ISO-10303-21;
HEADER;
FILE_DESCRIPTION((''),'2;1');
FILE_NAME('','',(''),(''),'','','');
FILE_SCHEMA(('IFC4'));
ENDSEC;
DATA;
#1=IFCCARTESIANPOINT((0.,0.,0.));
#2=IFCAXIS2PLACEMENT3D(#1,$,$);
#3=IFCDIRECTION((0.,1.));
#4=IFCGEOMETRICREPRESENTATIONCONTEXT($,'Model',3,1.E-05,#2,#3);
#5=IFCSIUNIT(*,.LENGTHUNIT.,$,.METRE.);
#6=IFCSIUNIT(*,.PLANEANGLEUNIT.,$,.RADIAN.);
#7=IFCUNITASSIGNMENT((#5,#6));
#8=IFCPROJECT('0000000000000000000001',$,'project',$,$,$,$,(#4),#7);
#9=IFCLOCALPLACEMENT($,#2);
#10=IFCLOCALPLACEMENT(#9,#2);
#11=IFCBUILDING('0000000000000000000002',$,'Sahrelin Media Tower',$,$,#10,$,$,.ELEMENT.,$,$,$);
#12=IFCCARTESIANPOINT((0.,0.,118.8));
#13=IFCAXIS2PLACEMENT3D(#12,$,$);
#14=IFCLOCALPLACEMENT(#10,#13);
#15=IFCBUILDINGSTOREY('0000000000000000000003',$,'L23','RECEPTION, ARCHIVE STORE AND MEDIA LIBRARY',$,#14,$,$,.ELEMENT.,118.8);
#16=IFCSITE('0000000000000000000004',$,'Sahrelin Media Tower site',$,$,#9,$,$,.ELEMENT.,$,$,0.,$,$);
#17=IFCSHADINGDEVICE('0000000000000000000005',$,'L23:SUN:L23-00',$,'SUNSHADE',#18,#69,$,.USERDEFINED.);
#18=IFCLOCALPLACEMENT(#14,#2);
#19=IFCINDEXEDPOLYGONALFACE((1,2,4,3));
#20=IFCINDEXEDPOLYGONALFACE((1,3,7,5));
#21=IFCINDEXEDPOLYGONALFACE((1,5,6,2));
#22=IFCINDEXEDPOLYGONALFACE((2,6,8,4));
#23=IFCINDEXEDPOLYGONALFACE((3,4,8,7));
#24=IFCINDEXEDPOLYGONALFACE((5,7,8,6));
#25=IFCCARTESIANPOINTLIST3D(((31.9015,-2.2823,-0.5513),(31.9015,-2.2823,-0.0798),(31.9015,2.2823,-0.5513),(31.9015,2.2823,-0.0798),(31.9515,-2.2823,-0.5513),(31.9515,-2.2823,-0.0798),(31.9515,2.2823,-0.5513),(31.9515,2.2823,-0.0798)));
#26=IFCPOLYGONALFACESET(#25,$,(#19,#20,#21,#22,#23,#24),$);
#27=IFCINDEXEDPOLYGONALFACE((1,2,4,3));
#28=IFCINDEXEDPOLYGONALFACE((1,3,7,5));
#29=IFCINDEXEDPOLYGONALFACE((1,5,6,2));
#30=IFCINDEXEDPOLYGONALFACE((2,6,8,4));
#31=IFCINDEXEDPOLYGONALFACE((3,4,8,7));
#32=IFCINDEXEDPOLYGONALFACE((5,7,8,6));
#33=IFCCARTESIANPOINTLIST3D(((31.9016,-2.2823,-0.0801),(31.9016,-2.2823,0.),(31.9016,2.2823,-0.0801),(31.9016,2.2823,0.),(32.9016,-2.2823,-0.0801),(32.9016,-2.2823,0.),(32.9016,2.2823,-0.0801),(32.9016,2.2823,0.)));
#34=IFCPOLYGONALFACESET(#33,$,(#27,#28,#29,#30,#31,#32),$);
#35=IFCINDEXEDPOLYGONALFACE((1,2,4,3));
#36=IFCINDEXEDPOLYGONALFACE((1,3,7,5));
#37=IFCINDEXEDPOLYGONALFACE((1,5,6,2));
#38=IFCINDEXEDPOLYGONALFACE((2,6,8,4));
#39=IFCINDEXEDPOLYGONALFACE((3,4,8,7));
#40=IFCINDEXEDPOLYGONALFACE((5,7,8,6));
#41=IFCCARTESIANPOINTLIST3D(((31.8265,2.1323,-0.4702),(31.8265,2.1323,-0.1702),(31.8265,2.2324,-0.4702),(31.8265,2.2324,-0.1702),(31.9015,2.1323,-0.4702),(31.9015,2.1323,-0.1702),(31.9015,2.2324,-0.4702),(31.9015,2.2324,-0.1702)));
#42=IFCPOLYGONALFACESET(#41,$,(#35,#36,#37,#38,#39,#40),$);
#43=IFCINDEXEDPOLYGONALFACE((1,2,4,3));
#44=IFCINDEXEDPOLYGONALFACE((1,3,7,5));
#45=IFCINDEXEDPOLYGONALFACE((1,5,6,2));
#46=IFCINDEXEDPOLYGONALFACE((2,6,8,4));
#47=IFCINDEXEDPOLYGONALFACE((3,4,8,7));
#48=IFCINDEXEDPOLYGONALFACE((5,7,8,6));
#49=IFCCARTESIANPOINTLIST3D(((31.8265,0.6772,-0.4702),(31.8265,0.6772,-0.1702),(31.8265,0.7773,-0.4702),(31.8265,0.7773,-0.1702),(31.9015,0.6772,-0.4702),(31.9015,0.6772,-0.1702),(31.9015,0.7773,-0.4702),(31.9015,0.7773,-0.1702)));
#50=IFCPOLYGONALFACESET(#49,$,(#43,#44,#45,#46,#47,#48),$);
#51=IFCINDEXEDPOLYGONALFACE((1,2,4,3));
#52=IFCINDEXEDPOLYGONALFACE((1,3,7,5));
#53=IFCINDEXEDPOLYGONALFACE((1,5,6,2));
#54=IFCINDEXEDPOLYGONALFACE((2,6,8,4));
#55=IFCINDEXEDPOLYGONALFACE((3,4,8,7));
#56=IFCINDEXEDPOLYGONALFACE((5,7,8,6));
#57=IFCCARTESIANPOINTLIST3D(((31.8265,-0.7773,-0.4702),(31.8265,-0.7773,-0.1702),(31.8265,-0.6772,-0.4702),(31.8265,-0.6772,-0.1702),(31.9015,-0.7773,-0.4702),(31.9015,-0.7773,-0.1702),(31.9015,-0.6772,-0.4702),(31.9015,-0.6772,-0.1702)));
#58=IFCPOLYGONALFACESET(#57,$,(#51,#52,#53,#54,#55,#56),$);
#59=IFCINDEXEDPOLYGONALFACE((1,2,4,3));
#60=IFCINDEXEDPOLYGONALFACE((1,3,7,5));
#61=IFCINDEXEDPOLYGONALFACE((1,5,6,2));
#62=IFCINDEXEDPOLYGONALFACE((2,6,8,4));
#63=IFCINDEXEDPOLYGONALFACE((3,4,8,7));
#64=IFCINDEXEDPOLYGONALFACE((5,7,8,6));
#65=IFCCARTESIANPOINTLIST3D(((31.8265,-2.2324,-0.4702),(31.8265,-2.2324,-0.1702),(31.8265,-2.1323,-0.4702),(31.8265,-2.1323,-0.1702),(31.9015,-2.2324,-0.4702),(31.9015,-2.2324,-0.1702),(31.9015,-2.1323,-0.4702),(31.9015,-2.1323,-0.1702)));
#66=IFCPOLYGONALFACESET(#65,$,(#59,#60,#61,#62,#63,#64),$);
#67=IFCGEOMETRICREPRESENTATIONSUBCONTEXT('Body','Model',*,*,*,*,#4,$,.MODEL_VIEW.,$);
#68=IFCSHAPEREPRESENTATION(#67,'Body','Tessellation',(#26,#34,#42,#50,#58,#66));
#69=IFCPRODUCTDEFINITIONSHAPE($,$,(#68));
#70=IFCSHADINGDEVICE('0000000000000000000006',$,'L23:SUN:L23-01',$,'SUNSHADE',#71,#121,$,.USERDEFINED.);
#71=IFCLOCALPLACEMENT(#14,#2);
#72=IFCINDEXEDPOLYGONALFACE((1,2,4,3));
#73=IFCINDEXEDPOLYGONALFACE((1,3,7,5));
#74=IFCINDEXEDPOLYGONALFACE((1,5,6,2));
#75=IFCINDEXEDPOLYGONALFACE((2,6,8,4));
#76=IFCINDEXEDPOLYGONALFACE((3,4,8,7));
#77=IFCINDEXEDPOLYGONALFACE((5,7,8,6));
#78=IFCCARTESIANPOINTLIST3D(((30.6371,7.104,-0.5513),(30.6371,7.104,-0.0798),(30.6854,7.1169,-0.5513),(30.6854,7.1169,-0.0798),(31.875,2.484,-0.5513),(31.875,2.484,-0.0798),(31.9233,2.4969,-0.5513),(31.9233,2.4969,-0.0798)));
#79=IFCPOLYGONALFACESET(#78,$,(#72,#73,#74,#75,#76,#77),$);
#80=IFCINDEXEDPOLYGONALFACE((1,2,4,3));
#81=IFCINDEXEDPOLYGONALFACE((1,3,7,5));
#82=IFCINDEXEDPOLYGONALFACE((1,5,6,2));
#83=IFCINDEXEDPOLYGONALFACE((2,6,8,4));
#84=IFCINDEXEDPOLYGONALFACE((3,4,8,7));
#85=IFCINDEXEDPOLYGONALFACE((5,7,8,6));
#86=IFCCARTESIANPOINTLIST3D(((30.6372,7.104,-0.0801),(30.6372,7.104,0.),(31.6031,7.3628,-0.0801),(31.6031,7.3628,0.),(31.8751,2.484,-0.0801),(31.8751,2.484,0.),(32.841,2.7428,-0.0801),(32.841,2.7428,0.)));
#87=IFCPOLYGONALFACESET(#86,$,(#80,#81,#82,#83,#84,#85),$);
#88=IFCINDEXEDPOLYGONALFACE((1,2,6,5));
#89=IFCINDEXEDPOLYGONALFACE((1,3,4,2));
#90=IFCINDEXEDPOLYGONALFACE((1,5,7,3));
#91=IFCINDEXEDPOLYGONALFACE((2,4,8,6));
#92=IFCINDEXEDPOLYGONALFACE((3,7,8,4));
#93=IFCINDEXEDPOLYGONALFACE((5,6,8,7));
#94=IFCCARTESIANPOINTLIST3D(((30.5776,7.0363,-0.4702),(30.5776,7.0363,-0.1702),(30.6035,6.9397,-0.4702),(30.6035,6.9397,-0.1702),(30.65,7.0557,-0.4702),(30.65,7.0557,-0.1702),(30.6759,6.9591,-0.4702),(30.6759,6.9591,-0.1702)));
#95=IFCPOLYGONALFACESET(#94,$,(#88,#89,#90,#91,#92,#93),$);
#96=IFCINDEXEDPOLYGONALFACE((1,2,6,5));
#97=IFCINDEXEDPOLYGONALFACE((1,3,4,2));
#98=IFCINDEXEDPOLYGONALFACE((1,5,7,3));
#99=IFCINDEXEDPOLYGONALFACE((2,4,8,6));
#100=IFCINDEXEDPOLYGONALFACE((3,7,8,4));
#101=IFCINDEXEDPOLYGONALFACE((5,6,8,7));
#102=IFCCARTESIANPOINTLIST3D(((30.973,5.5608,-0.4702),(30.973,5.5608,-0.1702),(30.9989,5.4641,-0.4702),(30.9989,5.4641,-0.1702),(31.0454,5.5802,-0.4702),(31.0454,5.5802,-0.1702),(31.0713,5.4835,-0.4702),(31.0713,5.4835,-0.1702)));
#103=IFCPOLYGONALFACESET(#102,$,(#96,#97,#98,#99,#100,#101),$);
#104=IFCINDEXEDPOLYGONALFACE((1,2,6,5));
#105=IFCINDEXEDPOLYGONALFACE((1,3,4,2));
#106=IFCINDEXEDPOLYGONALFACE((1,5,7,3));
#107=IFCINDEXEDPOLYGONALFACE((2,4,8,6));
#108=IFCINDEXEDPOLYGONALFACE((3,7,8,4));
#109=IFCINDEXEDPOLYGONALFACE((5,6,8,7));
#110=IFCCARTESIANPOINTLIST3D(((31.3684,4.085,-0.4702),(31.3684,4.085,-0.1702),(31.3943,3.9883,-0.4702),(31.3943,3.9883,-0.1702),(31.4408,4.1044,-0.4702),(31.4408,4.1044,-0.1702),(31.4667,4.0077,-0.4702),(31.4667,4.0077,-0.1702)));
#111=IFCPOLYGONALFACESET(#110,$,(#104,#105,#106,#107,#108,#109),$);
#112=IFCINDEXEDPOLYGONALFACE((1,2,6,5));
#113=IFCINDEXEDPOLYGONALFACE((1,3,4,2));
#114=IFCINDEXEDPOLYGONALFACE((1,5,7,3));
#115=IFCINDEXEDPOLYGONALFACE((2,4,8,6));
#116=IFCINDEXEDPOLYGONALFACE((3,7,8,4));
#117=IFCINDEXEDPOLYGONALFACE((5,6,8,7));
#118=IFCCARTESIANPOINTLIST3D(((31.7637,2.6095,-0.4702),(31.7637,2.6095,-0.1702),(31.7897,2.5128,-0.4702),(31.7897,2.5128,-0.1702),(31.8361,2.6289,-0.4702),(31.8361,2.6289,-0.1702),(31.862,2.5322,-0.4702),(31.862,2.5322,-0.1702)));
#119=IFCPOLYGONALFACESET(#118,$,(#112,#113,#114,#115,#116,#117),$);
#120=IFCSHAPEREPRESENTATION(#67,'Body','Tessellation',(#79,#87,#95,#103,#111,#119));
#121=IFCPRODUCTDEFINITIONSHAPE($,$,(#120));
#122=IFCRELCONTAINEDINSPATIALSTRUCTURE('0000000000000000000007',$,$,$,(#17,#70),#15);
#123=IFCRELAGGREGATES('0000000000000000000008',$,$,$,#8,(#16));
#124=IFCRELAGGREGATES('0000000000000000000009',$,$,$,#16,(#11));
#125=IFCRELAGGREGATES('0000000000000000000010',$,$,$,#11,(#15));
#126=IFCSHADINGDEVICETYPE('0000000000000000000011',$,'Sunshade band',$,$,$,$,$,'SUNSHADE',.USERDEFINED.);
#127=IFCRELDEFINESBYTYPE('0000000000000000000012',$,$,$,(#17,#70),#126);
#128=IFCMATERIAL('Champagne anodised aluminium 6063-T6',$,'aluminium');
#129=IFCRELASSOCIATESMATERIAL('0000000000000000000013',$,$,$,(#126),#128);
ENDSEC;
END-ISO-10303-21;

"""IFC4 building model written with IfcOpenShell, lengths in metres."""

from ifc_helpers import new_model, si_unit, direction, frame, origin, origin_2d, place, context, subcontext, project, spatial, rectangle, extrude, material, type_object, element, save


model = new_model("IFC4")

# Units and contexts
model_context = context("Model", 3, precision=1e-05, world=origin(), true_north=direction((0.0, 1.0)))
body_context = subcontext(model_context, "Body", "Model", "MODEL_VIEW")
ifc_project = project(units=[si_unit("LENGTHUNIT", "METRE"), si_unit("PLANEANGLEUNIT", "RADIAN")], contexts=[model_context])

# Site, building, storey
site_placement = place(None, origin())
site = spatial("IfcSite", under=ifc_project, at=site_placement, Name="Sahrelin Media Tower site", CompositionType="ELEMENT", RefElevation=0.0)
building_placement = place(site_placement, origin())
building = spatial("IfcBuilding", under=site, at=building_placement, Name="Sahrelin Media Tower", CompositionType="ELEMENT")
storey_placement = place(building_placement, frame((0.0, 0.0, 118.8)))
storey = spatial("IfcBuildingStorey", under=building, at=storey_placement, Name="L23", Description="RECEPTION, ARCHIVE STORE AND MEDIA LIBRARY", CompositionType="ELEMENT", Elevation=118.8)

# Shared definitions
ifc_material_1 = material(Name="Champagne anodised aluminium 6063-T6", Category="aluminium")

# Shading devices
placement_1 = place(storey_placement, frame((31.8816, 0.0, 0.0), z_axis=(0.0, 0.0, 1.0), x_axis=(0.0, -1.0, 0.0)))
placement_2 = place(storey_placement, frame((31.2368, 4.7888, 0.0), z_axis=(0.0, 0.0, 1.0), x_axis=(0.258808, -0.965929, 0.0)))
shading_device_type_1 = type_object("IfcShadingDeviceType", Name="Sunshade band", ElementType="SUNSHADE", PredefinedType="USERDEFINED", material=ifc_material_1)
element("IfcShadingDevice", 1, at=placement_1, inside=storey, type_object=shading_device_type_1, Name="L23:SUN:L23-00", ObjectType="SUNSHADE", PredefinedType="USERDEFINED", context=body_context, shape_type="SweptSolid", body=[
    extrude(rectangle(XDim=4.5647, YDim=0.05, at=origin_2d()), frame((0.0, 0.0449, -0.5513)), (0.0, 0.0, 1.0), 0.4714),
    extrude(rectangle(XDim=4.5647, YDim=1.0, at=origin_2d()), frame((0.0, 0.52, -0.0801)), (0.0, 0.0, 1.0), 0.0801),
    extrude(rectangle(XDim=0.1001, YDim=0.075, at=origin_2d()), frame((-2.1824, -0.0176, -0.4702)), (0.0, 0.0, 1.0), 0.3),
    extrude(rectangle(XDim=0.1001, YDim=0.075, at=origin_2d()), frame((-0.7273, -0.0176, -0.4702)), (0.0, 0.0, 1.0), 0.3),
    extrude(rectangle(XDim=0.1001, YDim=0.075, at=origin_2d()), frame((0.7273, -0.0176, -0.4702)), (0.0, 0.0, 1.0), 0.3),
    extrude(rectangle(XDim=0.1001, YDim=0.075, at=origin_2d()), frame((2.1824, -0.0176, -0.4702)), (0.0, 0.0, 1.0), 0.3),
])
element("IfcShadingDevice", 2, at=placement_2, inside=storey, type_object=shading_device_type_1, Name="L23:SUN:L23-01", ObjectType="SUNSHADE", PredefinedType="USERDEFINED", context=body_context, shape_type="SweptSolid", body=[
    extrude(rectangle(XDim=4.783, YDim=0.05, at=origin_2d()), frame((0.0, 0.0449, -0.5513)), (0.0, 0.0, 1.0), 0.4714),
    extrude(rectangle(XDim=4.783, YDim=1.0, at=origin_2d()), frame((0.0, 0.52, -0.0801)), (0.0, 0.0, 1.0), 0.0801),
    extrude(rectangle(XDim=0.1001, YDim=0.075, at=origin_2d()), frame((-2.2915, -0.0176, -0.4702)), (0.0, 0.0, 1.0), 0.3),
    extrude(rectangle(XDim=0.1001, YDim=0.075, at=origin_2d()), frame((-0.7639, -0.0176, -0.4702)), (0.0, 0.0, 1.0), 0.3),
    extrude(rectangle(XDim=0.1001, YDim=0.075, at=origin_2d()), frame((0.7639, -0.0176, -0.4702)), (0.0, 0.0, 1.0), 0.3),
    extrude(rectangle(XDim=0.1001, YDim=0.075, at=origin_2d()), frame((2.2915, -0.0176, -0.4702)), (0.0, 0.0, 1.0), 0.3),
])

save(model, "model.ifc")
